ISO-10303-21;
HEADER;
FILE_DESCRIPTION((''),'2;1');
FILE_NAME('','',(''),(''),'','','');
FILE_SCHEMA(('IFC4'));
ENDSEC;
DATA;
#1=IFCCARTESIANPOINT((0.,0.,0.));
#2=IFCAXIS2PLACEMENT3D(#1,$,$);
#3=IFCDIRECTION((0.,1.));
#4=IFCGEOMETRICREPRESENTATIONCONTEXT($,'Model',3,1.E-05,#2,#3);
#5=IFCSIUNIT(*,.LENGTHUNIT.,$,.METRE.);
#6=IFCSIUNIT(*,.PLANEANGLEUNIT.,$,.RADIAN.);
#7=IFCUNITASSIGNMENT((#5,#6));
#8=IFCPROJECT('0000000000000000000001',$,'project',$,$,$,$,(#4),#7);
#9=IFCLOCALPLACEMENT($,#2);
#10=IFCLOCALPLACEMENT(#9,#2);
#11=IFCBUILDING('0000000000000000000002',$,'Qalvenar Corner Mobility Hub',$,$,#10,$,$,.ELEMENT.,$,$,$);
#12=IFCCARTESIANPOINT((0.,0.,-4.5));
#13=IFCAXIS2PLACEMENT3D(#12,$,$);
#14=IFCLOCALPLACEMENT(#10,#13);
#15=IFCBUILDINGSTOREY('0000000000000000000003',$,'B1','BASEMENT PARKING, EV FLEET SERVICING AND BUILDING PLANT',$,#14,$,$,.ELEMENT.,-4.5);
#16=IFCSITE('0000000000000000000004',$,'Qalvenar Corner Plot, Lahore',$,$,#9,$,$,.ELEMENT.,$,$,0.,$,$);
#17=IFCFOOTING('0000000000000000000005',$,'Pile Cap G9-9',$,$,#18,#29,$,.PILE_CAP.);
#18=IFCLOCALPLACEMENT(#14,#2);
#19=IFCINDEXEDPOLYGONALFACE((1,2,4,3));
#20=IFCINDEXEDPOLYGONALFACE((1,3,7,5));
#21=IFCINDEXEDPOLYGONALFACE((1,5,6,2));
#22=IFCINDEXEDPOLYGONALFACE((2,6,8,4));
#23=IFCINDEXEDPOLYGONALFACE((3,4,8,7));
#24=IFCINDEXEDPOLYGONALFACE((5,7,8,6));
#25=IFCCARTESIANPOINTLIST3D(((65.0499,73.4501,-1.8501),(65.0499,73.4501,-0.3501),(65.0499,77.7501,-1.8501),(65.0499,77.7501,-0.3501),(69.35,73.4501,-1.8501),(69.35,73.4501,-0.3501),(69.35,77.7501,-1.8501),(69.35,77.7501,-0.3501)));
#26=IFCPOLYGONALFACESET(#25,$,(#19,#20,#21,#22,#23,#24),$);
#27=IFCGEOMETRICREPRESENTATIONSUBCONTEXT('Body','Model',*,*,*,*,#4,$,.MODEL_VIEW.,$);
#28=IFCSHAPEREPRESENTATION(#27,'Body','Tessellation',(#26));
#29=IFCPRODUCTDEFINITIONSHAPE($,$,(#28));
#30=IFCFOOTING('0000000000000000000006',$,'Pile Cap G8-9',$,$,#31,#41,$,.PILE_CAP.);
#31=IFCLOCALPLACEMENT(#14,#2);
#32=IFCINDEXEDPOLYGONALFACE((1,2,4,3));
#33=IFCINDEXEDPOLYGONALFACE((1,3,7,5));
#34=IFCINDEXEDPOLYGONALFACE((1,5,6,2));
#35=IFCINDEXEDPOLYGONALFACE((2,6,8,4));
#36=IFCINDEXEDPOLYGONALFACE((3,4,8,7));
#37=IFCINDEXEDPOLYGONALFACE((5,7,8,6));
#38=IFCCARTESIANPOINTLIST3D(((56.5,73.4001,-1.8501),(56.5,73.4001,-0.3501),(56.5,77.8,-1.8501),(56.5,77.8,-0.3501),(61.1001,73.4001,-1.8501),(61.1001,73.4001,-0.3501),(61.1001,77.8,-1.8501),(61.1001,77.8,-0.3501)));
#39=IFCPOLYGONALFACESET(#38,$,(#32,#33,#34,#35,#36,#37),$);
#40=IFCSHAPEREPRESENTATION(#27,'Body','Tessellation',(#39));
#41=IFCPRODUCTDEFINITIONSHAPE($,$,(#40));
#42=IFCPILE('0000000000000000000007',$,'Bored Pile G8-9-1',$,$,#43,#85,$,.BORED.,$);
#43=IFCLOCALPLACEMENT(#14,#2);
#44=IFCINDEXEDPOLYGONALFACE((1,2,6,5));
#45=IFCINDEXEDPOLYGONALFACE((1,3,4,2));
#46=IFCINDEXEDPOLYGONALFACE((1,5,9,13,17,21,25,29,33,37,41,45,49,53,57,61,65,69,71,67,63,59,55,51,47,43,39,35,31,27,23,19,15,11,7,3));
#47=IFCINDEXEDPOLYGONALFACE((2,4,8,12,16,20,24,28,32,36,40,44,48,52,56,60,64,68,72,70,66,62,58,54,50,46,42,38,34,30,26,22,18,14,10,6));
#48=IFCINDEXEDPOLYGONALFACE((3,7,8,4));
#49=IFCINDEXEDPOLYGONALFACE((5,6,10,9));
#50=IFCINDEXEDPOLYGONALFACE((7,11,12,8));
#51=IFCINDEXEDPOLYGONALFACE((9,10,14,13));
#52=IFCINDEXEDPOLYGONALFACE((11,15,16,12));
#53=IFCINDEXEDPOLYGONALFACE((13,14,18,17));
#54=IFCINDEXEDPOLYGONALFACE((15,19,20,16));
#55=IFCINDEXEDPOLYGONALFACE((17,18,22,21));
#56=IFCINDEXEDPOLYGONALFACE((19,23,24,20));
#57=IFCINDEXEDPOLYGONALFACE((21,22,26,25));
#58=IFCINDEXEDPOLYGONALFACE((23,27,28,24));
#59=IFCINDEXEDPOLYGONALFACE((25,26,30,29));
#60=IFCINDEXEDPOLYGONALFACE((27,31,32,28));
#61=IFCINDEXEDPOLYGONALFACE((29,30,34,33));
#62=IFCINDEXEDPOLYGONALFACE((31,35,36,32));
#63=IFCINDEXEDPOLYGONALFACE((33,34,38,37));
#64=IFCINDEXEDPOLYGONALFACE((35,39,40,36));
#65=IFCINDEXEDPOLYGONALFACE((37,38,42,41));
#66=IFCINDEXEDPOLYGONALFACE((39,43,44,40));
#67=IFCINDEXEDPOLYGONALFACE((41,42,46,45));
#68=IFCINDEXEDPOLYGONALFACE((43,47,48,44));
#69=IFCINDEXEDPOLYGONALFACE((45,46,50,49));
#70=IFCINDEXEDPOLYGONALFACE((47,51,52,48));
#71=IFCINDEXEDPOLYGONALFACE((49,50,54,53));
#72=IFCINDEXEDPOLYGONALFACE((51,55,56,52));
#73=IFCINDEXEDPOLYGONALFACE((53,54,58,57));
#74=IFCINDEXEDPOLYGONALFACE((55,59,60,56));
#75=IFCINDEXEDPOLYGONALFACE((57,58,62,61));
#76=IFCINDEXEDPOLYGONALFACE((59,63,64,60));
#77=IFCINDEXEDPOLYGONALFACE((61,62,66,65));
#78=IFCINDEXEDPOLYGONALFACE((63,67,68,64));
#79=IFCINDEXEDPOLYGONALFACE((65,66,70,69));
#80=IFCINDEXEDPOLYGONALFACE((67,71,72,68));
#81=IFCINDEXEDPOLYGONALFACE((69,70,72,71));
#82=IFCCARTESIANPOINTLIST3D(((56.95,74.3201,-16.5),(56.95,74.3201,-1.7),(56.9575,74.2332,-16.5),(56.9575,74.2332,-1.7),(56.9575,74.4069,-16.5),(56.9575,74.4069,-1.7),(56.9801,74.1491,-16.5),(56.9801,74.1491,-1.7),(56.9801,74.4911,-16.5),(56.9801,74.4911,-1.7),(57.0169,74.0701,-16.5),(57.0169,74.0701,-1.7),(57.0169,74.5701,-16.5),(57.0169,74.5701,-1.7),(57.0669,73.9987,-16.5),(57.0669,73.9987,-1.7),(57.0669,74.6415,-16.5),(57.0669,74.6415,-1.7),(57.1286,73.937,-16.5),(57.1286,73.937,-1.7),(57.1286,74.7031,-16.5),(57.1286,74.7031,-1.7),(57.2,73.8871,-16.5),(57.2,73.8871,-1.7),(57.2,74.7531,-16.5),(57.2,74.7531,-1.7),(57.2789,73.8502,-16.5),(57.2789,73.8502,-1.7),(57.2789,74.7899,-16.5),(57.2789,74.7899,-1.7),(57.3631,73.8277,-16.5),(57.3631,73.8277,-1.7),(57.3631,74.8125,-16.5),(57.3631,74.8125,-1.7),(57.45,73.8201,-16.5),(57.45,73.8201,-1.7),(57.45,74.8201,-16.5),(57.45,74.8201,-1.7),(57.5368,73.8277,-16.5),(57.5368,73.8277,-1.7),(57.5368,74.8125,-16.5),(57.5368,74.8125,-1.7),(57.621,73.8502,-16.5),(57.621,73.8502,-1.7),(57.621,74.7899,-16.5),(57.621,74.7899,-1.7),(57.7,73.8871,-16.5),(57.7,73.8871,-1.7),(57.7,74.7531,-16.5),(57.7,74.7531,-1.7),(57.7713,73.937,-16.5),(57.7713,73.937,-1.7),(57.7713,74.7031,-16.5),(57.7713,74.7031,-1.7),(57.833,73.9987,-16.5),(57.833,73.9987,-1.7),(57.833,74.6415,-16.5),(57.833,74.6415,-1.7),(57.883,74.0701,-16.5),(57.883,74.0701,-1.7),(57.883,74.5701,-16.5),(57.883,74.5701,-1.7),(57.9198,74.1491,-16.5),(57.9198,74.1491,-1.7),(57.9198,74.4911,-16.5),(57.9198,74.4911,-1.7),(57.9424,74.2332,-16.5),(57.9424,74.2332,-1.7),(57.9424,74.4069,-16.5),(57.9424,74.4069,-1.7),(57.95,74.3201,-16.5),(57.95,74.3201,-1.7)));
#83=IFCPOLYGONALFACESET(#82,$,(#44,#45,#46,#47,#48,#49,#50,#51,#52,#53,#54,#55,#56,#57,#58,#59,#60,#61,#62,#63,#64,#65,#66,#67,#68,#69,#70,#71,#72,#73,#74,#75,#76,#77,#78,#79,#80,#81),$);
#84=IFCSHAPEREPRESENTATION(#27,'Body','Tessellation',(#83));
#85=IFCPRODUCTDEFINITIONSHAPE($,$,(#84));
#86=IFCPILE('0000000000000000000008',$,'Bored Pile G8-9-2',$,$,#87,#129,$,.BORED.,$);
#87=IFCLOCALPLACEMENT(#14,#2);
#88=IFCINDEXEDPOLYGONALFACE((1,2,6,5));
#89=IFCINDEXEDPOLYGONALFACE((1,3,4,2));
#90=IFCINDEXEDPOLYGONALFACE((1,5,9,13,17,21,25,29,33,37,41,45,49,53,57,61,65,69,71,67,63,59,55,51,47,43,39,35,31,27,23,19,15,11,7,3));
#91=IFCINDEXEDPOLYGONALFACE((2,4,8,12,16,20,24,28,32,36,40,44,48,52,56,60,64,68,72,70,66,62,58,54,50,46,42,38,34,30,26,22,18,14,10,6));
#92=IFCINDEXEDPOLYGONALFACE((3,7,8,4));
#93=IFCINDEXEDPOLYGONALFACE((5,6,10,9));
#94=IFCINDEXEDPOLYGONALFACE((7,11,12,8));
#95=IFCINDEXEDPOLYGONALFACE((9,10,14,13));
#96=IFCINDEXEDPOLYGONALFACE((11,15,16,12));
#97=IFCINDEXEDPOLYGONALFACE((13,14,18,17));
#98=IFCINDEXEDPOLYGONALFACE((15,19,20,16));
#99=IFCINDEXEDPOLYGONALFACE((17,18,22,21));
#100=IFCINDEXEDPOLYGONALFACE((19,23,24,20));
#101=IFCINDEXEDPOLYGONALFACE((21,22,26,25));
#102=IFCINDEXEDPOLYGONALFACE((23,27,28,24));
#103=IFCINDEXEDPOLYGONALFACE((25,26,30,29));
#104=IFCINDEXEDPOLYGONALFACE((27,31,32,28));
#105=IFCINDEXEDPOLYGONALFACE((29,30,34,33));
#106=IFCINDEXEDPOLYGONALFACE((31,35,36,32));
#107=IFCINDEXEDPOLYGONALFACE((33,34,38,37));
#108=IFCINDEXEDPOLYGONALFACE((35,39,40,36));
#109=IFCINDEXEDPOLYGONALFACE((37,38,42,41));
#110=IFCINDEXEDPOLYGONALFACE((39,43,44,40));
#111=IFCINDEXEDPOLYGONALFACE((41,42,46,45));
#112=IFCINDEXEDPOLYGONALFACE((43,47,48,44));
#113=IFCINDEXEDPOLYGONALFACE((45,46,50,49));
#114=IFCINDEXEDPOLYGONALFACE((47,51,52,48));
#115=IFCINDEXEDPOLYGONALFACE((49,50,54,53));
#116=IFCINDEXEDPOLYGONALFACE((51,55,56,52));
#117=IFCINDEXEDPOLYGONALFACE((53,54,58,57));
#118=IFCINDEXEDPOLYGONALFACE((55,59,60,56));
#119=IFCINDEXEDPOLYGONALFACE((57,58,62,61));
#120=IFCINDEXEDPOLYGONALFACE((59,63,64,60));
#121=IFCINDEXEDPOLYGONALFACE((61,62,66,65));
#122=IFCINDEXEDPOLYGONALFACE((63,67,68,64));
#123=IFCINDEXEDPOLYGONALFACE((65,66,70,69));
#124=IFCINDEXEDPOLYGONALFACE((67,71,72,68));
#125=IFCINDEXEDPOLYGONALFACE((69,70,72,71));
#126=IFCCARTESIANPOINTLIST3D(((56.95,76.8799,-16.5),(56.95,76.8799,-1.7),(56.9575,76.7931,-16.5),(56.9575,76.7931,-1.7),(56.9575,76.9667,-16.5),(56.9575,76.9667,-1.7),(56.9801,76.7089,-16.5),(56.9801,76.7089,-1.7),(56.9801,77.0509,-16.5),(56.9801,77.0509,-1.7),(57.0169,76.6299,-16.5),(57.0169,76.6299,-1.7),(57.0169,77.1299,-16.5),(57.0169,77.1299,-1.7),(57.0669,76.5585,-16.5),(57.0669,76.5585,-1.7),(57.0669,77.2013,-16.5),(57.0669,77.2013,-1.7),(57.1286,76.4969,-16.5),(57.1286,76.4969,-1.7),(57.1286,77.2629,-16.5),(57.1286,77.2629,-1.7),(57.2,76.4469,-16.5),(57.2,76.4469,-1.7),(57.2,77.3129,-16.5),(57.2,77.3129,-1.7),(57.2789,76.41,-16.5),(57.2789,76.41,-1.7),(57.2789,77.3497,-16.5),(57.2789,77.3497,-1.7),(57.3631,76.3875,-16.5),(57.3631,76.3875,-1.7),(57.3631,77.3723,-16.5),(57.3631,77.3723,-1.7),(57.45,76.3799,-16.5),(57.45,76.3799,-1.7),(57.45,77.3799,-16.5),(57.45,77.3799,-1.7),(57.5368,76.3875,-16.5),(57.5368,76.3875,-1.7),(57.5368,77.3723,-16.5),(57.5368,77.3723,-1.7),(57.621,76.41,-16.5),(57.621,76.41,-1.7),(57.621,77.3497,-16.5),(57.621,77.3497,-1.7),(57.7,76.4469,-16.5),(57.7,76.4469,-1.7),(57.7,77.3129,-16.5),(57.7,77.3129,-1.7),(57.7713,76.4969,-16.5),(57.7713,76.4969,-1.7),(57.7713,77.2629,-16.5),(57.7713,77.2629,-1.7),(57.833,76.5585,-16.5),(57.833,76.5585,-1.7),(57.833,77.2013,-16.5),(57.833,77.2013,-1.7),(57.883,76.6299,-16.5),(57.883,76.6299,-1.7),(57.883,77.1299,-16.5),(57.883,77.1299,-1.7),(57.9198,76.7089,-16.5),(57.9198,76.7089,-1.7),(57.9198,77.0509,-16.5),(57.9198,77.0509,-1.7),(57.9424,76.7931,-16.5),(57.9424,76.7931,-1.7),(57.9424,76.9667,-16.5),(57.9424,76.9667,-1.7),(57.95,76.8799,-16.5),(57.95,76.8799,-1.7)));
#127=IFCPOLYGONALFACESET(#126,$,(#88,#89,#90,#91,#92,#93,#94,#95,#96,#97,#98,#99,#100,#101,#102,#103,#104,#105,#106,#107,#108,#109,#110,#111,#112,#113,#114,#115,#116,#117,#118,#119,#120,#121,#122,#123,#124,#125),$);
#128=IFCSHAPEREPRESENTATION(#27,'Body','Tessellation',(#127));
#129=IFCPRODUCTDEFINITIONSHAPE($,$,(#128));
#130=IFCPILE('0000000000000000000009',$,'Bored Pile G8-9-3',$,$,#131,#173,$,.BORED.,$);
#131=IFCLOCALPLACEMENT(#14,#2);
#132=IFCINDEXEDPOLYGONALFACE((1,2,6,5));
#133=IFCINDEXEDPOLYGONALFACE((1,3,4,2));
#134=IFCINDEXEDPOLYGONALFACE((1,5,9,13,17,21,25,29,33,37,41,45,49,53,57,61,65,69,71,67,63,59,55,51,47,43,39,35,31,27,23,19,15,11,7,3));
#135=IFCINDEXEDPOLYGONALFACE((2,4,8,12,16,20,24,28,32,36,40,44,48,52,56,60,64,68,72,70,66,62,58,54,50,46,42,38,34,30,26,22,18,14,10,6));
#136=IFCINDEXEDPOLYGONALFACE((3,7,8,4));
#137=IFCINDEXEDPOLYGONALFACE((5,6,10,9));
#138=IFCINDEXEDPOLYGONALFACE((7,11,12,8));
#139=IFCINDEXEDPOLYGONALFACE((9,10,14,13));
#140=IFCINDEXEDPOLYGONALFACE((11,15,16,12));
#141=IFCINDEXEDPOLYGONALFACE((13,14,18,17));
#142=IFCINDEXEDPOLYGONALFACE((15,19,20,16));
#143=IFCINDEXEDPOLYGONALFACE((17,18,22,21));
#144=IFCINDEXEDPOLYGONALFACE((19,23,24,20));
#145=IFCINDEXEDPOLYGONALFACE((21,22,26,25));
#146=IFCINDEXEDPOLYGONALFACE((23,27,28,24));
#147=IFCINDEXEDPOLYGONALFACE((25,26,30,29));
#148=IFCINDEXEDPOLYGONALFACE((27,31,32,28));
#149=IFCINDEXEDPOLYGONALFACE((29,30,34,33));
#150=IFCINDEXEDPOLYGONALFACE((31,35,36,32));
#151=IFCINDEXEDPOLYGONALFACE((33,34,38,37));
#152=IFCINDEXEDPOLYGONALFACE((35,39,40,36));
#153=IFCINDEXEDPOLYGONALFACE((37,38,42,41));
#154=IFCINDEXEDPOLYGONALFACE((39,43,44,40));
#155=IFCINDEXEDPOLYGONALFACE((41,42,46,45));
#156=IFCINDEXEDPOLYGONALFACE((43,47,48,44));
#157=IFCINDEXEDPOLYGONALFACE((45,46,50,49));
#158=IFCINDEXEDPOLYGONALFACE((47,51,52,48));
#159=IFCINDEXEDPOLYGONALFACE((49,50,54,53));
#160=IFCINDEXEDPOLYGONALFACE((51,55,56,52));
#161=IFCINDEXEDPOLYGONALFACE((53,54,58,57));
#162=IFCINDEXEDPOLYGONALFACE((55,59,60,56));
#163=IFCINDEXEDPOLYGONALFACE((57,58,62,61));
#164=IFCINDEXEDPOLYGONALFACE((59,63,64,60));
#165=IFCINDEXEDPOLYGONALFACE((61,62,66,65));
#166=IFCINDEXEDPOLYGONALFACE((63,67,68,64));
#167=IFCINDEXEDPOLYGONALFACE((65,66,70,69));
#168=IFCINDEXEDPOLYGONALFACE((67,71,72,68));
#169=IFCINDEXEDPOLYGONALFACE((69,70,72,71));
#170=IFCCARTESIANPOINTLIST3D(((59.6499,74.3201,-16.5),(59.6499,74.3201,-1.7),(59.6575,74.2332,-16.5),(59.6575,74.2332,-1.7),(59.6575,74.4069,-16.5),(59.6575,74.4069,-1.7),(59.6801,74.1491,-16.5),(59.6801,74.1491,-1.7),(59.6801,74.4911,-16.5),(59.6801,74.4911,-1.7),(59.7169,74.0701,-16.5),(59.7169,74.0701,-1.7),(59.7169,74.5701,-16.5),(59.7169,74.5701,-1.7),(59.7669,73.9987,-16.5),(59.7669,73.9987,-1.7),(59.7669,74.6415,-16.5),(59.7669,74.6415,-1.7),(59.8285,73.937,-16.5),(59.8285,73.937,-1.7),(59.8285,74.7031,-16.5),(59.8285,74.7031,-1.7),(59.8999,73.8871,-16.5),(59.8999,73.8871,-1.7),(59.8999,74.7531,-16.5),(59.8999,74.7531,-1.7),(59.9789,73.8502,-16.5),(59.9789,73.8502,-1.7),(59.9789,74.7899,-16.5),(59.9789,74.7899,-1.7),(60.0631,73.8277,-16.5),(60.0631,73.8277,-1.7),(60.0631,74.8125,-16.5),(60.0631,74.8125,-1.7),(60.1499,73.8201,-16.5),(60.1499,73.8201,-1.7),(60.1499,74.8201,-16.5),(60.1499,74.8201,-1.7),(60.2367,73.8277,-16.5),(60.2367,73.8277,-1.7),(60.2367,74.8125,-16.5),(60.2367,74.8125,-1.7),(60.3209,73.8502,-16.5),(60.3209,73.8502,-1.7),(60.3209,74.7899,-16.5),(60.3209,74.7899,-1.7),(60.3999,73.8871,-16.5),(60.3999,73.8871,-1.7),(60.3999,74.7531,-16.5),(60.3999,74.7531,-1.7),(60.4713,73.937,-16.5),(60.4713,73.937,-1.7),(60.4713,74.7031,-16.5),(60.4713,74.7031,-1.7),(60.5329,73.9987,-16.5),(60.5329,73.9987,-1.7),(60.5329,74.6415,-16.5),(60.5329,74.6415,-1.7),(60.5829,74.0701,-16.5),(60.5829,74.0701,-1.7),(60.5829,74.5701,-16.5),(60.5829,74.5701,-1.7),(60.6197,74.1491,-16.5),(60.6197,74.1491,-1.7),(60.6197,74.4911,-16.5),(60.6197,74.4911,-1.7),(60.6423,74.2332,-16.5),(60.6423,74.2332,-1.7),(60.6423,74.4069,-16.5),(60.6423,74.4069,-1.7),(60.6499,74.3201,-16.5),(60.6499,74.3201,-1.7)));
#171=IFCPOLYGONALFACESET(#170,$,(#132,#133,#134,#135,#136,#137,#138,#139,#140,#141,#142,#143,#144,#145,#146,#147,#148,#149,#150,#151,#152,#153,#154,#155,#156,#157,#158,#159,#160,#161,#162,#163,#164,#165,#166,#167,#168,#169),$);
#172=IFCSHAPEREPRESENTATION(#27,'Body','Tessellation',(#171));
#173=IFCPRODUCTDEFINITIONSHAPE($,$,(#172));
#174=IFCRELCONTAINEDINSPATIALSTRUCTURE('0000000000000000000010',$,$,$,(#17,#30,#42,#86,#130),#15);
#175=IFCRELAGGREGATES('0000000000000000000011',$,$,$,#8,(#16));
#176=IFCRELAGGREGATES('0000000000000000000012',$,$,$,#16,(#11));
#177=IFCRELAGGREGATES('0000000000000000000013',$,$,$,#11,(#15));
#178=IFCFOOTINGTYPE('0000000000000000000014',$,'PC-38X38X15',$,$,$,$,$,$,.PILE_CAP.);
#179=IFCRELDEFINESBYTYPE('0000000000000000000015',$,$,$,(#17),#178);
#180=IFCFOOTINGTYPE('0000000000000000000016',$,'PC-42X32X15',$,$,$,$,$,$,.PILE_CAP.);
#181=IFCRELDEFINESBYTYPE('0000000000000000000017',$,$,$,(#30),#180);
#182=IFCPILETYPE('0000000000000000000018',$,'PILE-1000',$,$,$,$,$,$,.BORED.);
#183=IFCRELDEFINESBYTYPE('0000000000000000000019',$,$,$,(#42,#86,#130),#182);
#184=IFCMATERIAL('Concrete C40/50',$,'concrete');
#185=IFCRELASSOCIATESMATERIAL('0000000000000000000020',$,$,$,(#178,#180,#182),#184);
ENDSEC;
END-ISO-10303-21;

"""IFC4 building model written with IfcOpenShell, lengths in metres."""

from ifc_helpers import new_model, si_unit, direction, frame, origin, origin_2d, place, context, subcontext, project, spatial, rectangle, circle, extrude, material, material_profile, profile_set, type_object, element, save


model = new_model("IFC4")

# Units and contexts
model_context = context("Model", 3, precision=1e-05, world=origin(), true_north=direction((0.0, 1.0)))
body_context = subcontext(model_context, "Body", "Model", "MODEL_VIEW")
ifc_project = project(units=[si_unit("LENGTHUNIT", "METRE"), si_unit("PLANEANGLEUNIT", "RADIAN")], contexts=[model_context])

# Site, building, storey
site_placement = place(None, origin())
site = spatial("IfcSite", under=ifc_project, at=site_placement, Name="Qalvenar Corner Plot, Lahore", CompositionType="ELEMENT", RefElevation=0.0)
building_placement = place(site_placement, origin())
building = spatial("IfcBuilding", under=site, at=building_placement, Name="Qalvenar Corner Mobility Hub", CompositionType="ELEMENT")
storey_placement = place(building_placement, frame((0.0, 0.0, -4.5)))
storey = spatial("IfcBuildingStorey", under=building, at=storey_placement, Name="B1", Description="BASEMENT PARKING, EV FLEET SERVICING AND BUILDING PLANT", CompositionType="ELEMENT", Elevation=-4.5)

# Footings
ifc_material_1 = material(Name="Concrete C40/50", Category="concrete")
footing_type_1 = type_object("IfcFootingType", Name="PC-38X38X15", PredefinedType="PILE_CAP", material=ifc_material_1)
footing_1_placement = place(storey_placement, frame((67.2, 75.6001, -1.8501), z_axis=(0.0, 0.0, 1.0), x_axis=(1.0, 0.0, 0.0)))
element("IfcFooting", 1, at=footing_1_placement, inside=storey, type_object=footing_type_1, Name="Pile Cap G9-9", PredefinedType="PILE_CAP", context=body_context, shape_type="SweptSolid", body=[
    extrude(rectangle(XDim=4.3, YDim=4.3, at=origin_2d()), origin(), (0.0, 0.0, 1.0), 1.5),
])
footing_type_2 = type_object("IfcFootingType", Name="PC-42X32X15", PredefinedType="PILE_CAP", material=ifc_material_1)
footing_2_placement = place(storey_placement, frame((58.8, 75.6001, -1.8501), z_axis=(0.0, 0.0, 1.0), x_axis=(1.0, 0.0, 0.0)))
element("IfcFooting", 2, at=footing_2_placement, inside=storey, type_object=footing_type_2, Name="Pile Cap G8-9", PredefinedType="PILE_CAP", context=body_context, shape_type="SweptSolid", body=[
    extrude(rectangle(XDim=4.6001, YDim=4.3999, at=origin_2d()), origin(), (0.0, 0.0, 1.0), 1.5),
])

# Piles
ifc_material_profile_1 = material_profile(ifc_material_1, circle(Radius=0.5, at=origin_2d()), Name="DIA1000")
ifc_profile_set_1 = profile_set([ifc_material_profile_1], Name="Concrete C40/50")
pile_type_1 = type_object("IfcPileType", Name="PILE-1000", PredefinedType="BORED", material=ifc_profile_set_1)
for number, where, z_axis, x_axis, name in (
    (3, (57.45, 74.3201, -1.7), (0.0, 0.0, -1.0), (1.0, 0.0, 0.0), "Bored Pile G8-9-1"),
    (4, (57.45, 76.8799, -1.7), (0.0, 0.0, -1.0), (1.0, 0.0, 0.0), "Bored Pile G8-9-2"),
    (5, (60.1499, 74.3201, -1.7), (0.0, 0.0, -1.0), (1.0, 0.0, 0.0), "Bored Pile G8-9-3"),
):
    element("IfcPile", number, at=place(storey_placement, frame(where, z_axis=z_axis, x_axis=x_axis)), inside=storey, type_object=pile_type_1, Name=name, PredefinedType="BORED", context=body_context, shape_type="SweptSolid", body=[
        extrude(circle(Radius=0.5, at=origin_2d()), origin(), (0.0, 0.0, 1.0), 14.8),
    ])

save(model, "model.ifc")
